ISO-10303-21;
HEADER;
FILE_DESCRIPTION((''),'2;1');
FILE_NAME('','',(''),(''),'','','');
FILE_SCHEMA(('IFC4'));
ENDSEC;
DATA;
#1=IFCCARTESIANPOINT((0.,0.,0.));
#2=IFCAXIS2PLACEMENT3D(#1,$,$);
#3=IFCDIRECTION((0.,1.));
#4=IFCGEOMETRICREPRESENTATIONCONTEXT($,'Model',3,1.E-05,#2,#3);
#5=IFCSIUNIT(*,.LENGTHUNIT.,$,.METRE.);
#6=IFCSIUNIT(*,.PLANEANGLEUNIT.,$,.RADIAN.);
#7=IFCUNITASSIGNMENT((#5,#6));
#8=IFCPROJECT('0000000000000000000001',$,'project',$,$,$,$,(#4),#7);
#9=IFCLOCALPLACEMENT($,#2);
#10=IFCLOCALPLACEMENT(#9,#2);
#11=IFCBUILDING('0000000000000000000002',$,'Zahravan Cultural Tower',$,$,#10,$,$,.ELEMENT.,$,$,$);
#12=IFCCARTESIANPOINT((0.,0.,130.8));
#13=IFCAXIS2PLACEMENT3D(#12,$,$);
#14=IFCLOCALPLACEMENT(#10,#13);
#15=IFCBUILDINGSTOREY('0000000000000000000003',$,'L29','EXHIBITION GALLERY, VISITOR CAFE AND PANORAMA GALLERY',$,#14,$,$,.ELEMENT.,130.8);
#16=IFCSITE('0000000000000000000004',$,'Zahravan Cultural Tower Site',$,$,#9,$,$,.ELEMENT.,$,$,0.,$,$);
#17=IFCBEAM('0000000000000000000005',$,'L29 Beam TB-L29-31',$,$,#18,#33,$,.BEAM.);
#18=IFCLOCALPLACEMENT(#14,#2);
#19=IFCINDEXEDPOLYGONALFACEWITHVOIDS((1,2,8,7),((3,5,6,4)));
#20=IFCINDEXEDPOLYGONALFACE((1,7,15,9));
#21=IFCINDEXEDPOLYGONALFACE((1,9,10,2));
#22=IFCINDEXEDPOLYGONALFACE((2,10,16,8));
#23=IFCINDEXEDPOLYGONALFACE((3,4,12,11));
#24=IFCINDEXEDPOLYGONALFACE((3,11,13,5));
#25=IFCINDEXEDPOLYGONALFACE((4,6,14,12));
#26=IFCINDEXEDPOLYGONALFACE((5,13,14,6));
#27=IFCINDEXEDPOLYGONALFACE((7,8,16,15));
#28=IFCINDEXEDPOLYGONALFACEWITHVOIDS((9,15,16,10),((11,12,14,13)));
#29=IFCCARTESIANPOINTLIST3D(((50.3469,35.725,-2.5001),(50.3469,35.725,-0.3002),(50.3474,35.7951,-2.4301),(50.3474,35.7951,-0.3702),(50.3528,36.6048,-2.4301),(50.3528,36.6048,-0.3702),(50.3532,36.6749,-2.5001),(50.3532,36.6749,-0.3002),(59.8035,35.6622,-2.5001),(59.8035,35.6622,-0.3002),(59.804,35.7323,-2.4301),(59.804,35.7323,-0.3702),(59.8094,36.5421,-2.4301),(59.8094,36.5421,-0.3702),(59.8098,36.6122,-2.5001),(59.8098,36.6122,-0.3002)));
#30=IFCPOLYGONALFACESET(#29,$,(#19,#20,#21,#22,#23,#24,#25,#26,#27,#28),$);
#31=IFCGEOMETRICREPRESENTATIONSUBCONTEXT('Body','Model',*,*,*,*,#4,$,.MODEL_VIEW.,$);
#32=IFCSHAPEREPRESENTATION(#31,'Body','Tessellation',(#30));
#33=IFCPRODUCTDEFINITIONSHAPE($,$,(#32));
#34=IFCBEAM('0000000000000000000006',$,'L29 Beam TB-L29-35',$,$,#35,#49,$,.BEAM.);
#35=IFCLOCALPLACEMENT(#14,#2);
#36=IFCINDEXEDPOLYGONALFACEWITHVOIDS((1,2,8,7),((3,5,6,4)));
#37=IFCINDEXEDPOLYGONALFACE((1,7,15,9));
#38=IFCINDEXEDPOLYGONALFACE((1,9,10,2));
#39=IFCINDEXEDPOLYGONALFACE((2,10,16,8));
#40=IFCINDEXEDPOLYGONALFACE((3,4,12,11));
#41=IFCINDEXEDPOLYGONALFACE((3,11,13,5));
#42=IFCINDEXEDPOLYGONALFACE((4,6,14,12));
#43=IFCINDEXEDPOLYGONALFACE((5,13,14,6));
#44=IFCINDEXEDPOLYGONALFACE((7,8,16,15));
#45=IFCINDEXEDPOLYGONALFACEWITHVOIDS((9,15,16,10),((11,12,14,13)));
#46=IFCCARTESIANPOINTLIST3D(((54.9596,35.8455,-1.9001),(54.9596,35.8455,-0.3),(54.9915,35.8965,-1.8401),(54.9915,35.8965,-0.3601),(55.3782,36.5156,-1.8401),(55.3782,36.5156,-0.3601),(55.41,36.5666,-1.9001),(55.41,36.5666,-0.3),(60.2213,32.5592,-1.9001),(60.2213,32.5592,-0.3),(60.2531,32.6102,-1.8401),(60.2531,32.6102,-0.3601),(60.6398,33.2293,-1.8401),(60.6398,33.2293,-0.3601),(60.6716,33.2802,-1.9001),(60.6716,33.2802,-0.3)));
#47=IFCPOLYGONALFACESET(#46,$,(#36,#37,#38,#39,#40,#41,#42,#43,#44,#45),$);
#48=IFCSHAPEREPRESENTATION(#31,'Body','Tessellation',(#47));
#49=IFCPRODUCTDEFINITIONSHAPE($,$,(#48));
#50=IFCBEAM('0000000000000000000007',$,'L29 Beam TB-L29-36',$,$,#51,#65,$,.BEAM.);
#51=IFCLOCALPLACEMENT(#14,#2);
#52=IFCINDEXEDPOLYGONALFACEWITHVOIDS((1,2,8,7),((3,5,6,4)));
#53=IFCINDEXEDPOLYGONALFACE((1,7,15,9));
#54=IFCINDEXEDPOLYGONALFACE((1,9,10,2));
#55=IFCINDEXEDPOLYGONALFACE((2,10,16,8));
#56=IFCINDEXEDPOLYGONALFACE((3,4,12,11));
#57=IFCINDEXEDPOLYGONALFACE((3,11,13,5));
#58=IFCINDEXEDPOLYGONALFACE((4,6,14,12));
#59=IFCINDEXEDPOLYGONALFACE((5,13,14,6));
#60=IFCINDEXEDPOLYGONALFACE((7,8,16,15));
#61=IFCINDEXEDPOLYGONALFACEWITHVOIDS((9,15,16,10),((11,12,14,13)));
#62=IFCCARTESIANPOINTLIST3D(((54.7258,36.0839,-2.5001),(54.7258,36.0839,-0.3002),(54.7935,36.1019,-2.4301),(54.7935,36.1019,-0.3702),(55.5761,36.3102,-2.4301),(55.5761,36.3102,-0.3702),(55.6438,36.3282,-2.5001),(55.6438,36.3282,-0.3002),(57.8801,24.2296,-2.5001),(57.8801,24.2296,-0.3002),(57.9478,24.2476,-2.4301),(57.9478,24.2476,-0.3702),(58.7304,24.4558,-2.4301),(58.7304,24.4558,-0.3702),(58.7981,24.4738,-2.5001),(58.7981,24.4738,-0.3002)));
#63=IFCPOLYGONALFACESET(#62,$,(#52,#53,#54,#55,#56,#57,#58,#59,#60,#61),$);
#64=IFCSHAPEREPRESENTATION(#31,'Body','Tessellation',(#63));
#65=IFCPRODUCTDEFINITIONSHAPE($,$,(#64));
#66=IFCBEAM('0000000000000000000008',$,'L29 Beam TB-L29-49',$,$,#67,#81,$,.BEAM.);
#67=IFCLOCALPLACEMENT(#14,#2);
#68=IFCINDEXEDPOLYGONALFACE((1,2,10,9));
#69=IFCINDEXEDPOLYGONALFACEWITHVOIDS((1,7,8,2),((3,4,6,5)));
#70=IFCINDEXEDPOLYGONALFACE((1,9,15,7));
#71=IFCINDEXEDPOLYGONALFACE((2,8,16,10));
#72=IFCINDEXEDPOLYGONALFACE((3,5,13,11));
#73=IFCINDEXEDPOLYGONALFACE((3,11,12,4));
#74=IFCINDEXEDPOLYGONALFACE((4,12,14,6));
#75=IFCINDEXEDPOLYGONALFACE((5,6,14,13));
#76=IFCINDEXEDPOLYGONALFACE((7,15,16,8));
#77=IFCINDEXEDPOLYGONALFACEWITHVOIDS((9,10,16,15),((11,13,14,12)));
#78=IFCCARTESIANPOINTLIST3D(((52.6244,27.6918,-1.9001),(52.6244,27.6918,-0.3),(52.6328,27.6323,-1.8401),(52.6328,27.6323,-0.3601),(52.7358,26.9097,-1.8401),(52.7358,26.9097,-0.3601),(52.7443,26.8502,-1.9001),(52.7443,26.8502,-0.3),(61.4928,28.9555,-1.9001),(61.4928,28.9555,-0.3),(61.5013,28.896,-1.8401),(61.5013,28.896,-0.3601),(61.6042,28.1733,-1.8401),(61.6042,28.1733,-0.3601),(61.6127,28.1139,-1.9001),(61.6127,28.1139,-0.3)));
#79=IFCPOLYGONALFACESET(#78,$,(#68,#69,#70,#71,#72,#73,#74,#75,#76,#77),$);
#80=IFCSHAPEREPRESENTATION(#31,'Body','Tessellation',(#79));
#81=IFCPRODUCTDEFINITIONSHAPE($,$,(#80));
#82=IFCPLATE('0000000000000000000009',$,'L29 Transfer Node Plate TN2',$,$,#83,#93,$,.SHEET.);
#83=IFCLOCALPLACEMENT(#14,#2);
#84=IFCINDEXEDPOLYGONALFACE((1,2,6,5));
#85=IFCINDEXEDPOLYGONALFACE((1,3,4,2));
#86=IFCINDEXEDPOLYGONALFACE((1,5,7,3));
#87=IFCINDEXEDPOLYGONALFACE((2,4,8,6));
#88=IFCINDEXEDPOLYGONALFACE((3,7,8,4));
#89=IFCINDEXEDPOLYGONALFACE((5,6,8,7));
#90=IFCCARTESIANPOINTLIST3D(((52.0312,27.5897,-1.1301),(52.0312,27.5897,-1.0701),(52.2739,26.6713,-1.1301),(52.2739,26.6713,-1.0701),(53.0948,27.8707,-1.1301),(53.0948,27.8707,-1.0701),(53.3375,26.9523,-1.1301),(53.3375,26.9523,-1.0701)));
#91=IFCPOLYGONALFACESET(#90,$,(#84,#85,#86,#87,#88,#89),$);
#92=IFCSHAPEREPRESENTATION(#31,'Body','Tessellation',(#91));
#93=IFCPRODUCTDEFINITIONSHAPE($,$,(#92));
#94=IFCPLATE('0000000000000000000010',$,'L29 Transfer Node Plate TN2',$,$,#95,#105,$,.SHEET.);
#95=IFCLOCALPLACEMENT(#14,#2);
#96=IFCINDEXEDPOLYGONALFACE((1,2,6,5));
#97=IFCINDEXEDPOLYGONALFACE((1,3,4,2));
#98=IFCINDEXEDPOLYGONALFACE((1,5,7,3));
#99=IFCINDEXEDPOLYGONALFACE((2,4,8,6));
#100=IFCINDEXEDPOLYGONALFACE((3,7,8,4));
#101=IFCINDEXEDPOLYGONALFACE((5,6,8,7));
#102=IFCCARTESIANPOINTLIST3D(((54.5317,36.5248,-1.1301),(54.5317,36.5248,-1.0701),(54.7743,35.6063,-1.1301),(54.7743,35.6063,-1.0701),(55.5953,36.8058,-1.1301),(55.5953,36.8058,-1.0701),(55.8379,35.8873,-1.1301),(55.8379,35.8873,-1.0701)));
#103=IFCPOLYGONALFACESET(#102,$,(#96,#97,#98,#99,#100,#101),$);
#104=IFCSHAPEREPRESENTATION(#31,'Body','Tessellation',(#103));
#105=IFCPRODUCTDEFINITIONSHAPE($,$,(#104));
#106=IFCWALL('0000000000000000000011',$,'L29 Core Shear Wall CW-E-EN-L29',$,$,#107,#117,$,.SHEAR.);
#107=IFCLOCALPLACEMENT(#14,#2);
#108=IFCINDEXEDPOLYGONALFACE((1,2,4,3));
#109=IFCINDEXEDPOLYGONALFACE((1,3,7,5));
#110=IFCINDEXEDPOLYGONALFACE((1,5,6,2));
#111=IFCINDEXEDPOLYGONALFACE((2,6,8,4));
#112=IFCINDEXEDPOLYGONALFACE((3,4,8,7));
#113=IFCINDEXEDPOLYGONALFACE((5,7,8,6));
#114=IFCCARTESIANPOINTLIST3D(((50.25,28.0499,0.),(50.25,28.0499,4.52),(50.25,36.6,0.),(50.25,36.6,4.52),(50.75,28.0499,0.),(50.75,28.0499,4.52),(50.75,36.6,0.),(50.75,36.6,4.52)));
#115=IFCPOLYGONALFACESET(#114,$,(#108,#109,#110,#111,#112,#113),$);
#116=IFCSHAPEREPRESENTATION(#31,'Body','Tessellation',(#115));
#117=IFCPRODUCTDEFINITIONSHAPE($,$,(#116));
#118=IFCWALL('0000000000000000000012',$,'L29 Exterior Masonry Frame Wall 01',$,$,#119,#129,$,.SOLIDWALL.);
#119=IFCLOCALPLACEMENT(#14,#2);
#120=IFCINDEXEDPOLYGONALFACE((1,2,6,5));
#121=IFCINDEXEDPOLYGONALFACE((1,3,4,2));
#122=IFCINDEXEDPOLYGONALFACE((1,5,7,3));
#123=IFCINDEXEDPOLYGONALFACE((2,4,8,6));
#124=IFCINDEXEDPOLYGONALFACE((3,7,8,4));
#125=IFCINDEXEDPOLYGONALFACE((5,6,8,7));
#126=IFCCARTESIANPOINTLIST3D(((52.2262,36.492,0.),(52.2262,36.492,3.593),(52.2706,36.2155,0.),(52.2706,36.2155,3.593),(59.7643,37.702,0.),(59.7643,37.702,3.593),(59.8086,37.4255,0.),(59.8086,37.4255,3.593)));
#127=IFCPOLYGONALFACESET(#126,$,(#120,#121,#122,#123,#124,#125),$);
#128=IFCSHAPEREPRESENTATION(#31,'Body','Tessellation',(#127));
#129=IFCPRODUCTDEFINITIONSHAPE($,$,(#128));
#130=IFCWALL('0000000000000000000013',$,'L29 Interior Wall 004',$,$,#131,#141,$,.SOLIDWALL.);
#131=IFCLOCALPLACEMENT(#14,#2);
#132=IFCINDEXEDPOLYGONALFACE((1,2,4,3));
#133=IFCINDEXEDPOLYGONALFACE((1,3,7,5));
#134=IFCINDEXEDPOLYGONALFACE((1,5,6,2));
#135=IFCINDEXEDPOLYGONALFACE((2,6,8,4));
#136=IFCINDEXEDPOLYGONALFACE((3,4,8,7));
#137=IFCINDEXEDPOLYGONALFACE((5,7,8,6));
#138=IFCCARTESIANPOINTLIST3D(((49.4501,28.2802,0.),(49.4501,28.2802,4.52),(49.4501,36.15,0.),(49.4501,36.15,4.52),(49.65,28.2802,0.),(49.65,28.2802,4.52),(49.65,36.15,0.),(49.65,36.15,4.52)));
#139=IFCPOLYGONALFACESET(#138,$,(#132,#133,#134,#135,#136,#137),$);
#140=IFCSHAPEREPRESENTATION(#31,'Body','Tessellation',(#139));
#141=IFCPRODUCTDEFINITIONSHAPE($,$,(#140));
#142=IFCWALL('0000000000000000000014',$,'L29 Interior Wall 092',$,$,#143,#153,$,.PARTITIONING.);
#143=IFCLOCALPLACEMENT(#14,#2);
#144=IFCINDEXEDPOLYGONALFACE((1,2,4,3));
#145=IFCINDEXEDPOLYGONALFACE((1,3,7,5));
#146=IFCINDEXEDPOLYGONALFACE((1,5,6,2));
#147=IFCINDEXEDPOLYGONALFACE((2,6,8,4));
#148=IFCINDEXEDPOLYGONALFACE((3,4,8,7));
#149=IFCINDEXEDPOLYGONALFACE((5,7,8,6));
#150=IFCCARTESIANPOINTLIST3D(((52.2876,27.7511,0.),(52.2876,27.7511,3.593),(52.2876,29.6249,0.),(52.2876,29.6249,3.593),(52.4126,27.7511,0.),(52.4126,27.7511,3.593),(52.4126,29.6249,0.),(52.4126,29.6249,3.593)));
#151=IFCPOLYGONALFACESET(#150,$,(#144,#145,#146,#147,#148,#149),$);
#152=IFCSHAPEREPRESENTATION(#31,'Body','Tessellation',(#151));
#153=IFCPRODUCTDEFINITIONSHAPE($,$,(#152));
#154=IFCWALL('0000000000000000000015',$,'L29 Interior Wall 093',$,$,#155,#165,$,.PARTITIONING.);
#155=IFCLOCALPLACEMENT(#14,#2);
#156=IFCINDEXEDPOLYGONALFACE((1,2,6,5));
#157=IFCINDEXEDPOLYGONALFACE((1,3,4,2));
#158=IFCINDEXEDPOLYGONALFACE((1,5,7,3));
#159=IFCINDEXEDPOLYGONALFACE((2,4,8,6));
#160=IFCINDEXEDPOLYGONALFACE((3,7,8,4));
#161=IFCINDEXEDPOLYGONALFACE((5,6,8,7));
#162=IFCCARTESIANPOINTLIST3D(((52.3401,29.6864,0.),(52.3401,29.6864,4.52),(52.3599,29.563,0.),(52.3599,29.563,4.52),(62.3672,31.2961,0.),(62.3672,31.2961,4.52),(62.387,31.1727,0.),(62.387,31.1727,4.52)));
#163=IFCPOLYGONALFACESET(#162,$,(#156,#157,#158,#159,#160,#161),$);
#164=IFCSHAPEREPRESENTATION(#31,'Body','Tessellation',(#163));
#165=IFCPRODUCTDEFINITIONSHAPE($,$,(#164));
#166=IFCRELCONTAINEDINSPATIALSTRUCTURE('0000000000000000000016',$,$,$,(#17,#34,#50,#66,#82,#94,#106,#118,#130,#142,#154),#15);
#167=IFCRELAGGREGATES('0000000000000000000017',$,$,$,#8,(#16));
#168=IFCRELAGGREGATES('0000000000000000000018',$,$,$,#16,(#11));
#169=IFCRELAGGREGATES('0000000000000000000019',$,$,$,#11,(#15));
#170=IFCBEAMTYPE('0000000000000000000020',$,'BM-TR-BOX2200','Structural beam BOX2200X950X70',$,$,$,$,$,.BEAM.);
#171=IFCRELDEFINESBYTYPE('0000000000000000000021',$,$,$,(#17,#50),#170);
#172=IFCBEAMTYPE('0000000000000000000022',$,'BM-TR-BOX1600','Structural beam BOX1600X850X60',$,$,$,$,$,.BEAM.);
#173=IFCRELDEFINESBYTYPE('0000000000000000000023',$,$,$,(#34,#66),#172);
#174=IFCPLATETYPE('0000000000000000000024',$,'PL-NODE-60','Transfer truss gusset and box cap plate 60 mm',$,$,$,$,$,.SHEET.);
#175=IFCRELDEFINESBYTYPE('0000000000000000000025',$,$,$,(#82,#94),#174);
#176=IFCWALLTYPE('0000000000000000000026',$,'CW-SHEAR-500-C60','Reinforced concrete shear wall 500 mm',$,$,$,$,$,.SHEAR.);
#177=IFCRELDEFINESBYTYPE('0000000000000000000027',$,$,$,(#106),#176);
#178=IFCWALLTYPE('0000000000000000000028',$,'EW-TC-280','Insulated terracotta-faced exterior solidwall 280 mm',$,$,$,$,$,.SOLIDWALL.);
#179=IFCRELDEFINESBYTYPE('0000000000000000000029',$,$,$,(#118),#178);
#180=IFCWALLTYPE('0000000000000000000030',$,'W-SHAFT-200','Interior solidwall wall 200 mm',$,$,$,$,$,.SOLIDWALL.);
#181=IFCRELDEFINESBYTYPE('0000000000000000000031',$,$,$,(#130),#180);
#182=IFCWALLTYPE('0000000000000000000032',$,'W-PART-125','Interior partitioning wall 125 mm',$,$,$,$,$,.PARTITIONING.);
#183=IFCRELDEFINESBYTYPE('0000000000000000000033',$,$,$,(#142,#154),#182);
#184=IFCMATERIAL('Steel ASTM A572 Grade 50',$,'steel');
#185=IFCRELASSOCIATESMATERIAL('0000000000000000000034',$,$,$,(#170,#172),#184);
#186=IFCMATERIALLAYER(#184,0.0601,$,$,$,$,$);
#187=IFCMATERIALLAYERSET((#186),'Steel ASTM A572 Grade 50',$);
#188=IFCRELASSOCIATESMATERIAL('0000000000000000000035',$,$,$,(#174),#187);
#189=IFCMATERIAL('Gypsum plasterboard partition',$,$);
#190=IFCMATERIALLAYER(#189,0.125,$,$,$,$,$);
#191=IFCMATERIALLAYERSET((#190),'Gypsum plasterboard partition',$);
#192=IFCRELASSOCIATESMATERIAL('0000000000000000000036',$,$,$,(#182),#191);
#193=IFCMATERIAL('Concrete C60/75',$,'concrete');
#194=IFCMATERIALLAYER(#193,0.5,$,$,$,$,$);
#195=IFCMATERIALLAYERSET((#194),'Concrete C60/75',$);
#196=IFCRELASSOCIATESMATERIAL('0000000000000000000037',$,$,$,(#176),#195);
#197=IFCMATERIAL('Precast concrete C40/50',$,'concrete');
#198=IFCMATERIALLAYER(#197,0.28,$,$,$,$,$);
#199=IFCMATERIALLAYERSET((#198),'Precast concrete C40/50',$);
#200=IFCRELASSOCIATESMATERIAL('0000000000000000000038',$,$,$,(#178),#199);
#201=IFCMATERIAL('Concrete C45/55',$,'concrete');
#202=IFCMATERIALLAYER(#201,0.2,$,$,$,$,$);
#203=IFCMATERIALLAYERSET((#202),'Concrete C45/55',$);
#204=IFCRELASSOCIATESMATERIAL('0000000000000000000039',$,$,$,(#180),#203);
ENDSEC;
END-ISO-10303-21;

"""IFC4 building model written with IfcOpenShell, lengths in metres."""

from ifc_helpers import new_model, si_unit, direction, frame, frame_2d, origin, origin_2d, place, context, subcontext, project, spatial, rectangle, hollow_rectangle, extrude, source, transform, mapped, material, layer, layer_set, material_profile, profile_set, type_object, element, save


model = new_model("IFC4")

# Units and contexts
model_context = context("Model", 3, precision=1e-05, world=origin(), true_north=direction((0.0, 1.0)))
body_context = subcontext(model_context, "Body", "Model", "MODEL_VIEW")
ifc_project = project(units=[si_unit("LENGTHUNIT", "METRE"), si_unit("PLANEANGLEUNIT", "RADIAN")], contexts=[model_context])

# Site, building, storey
site_placement = place(None, origin())
site = spatial("IfcSite", under=ifc_project, at=site_placement, Name="Zahravan Cultural Tower Site", CompositionType="ELEMENT", RefElevation=0.0)
building_placement = place(site_placement, origin())
building = spatial("IfcBuilding", under=site, at=building_placement, Name="Zahravan Cultural Tower", CompositionType="ELEMENT")
storey_placement = place(building_placement, frame((0.0, 0.0, 130.8)))
storey = spatial("IfcBuildingStorey", under=building, at=storey_placement, Name="L29", Description="EXHIBITION GALLERY, VISITOR CAFE AND PANORAMA GALLERY", CompositionType="ELEMENT", Elevation=130.8)

# Beams
ifc_material_1 = material(Name="Steel ASTM A572 Grade 50", Category="steel")
ifc_material_profile_1 = material_profile(ifc_material_1, hollow_rectangle(XDim=0.95, YDim=2.2, WallThickness=0.0701, at=origin_2d()), Name="BOX2200X950X70")
ifc_profile_set_1 = profile_set([ifc_material_profile_1], Name="Steel ASTM A572 Grade 50")
beam_type_1 = type_object("IfcBeamType", Name="BM-TR-BOX2200", Description="Structural beam BOX2200X950X70", PredefinedType="BEAM", material=ifc_profile_set_1)
ifc_material_profile_2 = material_profile(ifc_material_1, hollow_rectangle(XDim=0.8501, YDim=1.6001, WallThickness=0.0601, at=origin_2d()), Name="BOX1600X850X60")
ifc_profile_set_2 = profile_set([ifc_material_profile_2], Name="Steel ASTM A572 Grade 50")
beam_type_2 = type_object("IfcBeamType", Name="BM-TR-BOX1600", Description="Structural beam BOX1600X850X60", PredefinedType="BEAM", material=ifc_profile_set_2)
shared_shape_1 = source(origin(), body_context, "Body", "SweptSolid", [
    extrude(hollow_rectangle(XDim=0.95, YDim=2.2, WallThickness=0.0701, at=origin_2d()), origin(), (0.0, 0.0, 1.0), 9.4568),
])
beam_1_placement = place(storey_placement, frame((50.3501, 36.2, -1.4001), z_axis=(0.999978, -0.006635, 0.0), x_axis=(0.006635, 0.999978, 0.0)))
element("IfcBeam", 1, at=beam_1_placement, inside=storey, type_object=beam_type_1, Name="L29 Beam TB-L29-31", PredefinedType="BEAM", context=body_context, shape_type="MappedRepresentation", body=[
    mapped(shared_shape_1, transform((0.0, 0.0, 0.0), x_axis=(1.0, 0.0, 0.0), y_axis=(0.0, 1.0, 0.0), z_axis=(0.0, 0.0, 1.0), scale=1.0)),
])
shared_shape_2 = source(origin(), body_context, "Body", "SweptSolid", [
    extrude(hollow_rectangle(XDim=0.8501, YDim=1.6001, WallThickness=0.0601, at=origin_2d()), origin(), (0.0, 0.0, 1.0), 6.2036),
])
beam_2_placement = place(storey_placement, frame((55.1848, 36.2061, -1.1001), z_axis=(0.848157, -0.529744, 0.0), x_axis=(0.529744, 0.848157, 0.0)))
element("IfcBeam", 2, at=beam_2_placement, inside=storey, type_object=beam_type_2, Name="L29 Beam TB-L29-35", PredefinedType="BEAM", context=body_context, shape_type="MappedRepresentation", body=[
    mapped(shared_shape_2, transform((0.0, 0.0, 0.0), x_axis=(1.0, 0.0, 0.0), y_axis=(0.0, 1.0, 0.0), z_axis=(0.0, 0.0, 1.0), scale=1.0)),
])
shared_shape_3 = source(origin(), body_context, "Body", "SweptSolid", [
    extrude(hollow_rectangle(XDim=0.95, YDim=2.2, WallThickness=0.0701, at=origin_2d()), origin(), (0.0, 0.0, 1.0), 12.2668),
])
beam_3_placement = place(storey_placement, frame((55.1848, 36.2061, -1.4001), z_axis=(0.257142, -0.966374, 0.0), x_axis=(0.966374, 0.257142, 0.0)))
element("IfcBeam", 3, at=beam_3_placement, inside=storey, type_object=beam_type_1, Name="L29 Beam TB-L29-36", PredefinedType="BEAM", context=body_context, shape_type="MappedRepresentation", body=[
    mapped(shared_shape_3, transform((0.0, 0.0, 0.0), x_axis=(1.0, 0.0, 0.0), y_axis=(0.0, 1.0, 0.0), z_axis=(0.0, 0.0, 1.0), scale=1.0)),
])
shared_shape_4 = source(origin(), body_context, "Body", "SweptSolid", [
    extrude(hollow_rectangle(XDim=0.8501, YDim=1.6001, WallThickness=0.0601, at=origin_2d()), origin(), (0.0, 0.0, 1.0), 8.958),
])
beam_4_placement = place(storey_placement, frame((52.6843, 27.271, -1.1001), z_axis=(0.99, 0.141067, 0.0), x_axis=(-0.141067, 0.99, 0.0)))
element("IfcBeam", 4, at=beam_4_placement, inside=storey, type_object=beam_type_2, Name="L29 Beam TB-L29-49", PredefinedType="BEAM", context=body_context, shape_type="MappedRepresentation", body=[
    mapped(shared_shape_4, transform((0.0, 0.0, 0.0), x_axis=(1.0, 0.0, 0.0), y_axis=(0.0, 1.0, 0.0), z_axis=(0.0, 0.0, 1.0), scale=1.0)),
])

# Plates
ifc_layer_1 = layer(ifc_material_1, 0.0601)
ifc_layer_set_1 = layer_set([ifc_layer_1], Name="Steel ASTM A572 Grade 50")
plate_type = type_object("IfcPlateType", Name="PL-NODE-60", Description="Transfer truss gusset and box cap plate 60 mm", PredefinedType="SHEET", material=ifc_layer_set_1)
shared_shape_5 = source(origin(), body_context, "Body", "SweptSolid", [
    extrude(rectangle(XDim=1.1001, YDim=0.95, at=origin_2d()), origin(), (0.0, 0.0, 1.0), 0.0601),
])
for number, where, z_axis, x_axis, name in (
    (5, (52.6843, 27.271, -1.1301), (0.0, 0.0, 1.0), (0.966823, 0.255446, 0.0), "L29 Transfer Node Plate TN2"),
    (6, (55.1848, 36.2061, -1.1301), (0.0, 0.0, 1.0), (0.966823, 0.255446, 0.0), "L29 Transfer Node Plate TN2"),
):
    element("IfcPlate", number, at=place(storey_placement, frame(where, z_axis=z_axis, x_axis=x_axis)), inside=storey, type_object=plate_type, Name=name, PredefinedType="SHEET", context=body_context, shape_type="MappedRepresentation", body=[
        mapped(shared_shape_5, transform((0.0, 0.0, 0.0), x_axis=(1.0, 0.0, 0.0), y_axis=(0.0, 1.0, 0.0), z_axis=(0.0, 0.0, 1.0), scale=1.0)),
    ])

# Shared definitions
ifc_material_2 = material(Name="Gypsum plasterboard partition")
ifc_layer_2 = layer(ifc_material_2, 0.125)
ifc_layer_set_2 = layer_set([ifc_layer_2], Name="Gypsum plasterboard partition")
wall_type_1 = type_object("IfcWallType", Name="W-PART-125", Description="Interior partitioning wall 125 mm", PredefinedType="PARTITIONING", material=ifc_layer_set_2)

# Walls
ifc_material_3 = material(Name="Concrete C60/75", Category="concrete")
ifc_layer_3 = layer(ifc_material_3, 0.5)
ifc_layer_set_3 = layer_set([ifc_layer_3], Name="Concrete C60/75")
wall_type_2 = type_object("IfcWallType", Name="CW-SHEAR-500-C60", Description="Reinforced concrete shear wall 500 mm", PredefinedType="SHEAR", material=ifc_layer_set_3)
shared_shape_6 = source(origin(), body_context, "Body", "SweptSolid", [
    extrude(rectangle(XDim=8.55, YDim=0.5, at=frame_2d((4.2749, 0.0))), origin(), (0.0, 0.0, 1.0), 4.52),
])
wall_1_placement = place(storey_placement, frame((50.5, 28.05, 0.0), z_axis=(0.0, 0.0, 1.0), x_axis=(0.0, 1.0, 0.0)))
element("IfcWall", 7, at=wall_1_placement, inside=storey, type_object=wall_type_2, Name="L29 Core Shear Wall CW-E-EN-L29", PredefinedType="SHEAR", context=body_context, shape_type="MappedRepresentation", body=[
    mapped(shared_shape_6, transform((0.0, 0.0, 0.0), x_axis=(1.0, 0.0, 0.0), y_axis=(0.0, 1.0, 0.0), z_axis=(0.0, 0.0, 1.0), scale=1.0)),
])
ifc_material_4 = material(Name="Precast concrete C40/50", Category="concrete")
ifc_layer_4 = layer(ifc_material_4, 0.28)
ifc_layer_set_4 = layer_set([ifc_layer_4], Name="Precast concrete C40/50")
wall_type_3 = type_object("IfcWallType", Name="EW-TC-280", Description="Insulated terracotta-faced exterior solidwall 280 mm", PredefinedType="SOLIDWALL", material=ifc_layer_set_4)
shared_shape_7 = source(origin(), body_context, "Body", "SweptSolid", [
    extrude(rectangle(XDim=7.6345, YDim=0.28, at=frame_2d((3.8174, 0.0))), origin(), (0.0, 0.0, 1.0), 3.593),
])
wall_2_placement = place(storey_placement, frame((52.2483, 36.3538, 0.0), z_axis=(0.0, 0.0, 1.0), x_axis=(0.987361, 0.158484, 0.0)))
element("IfcWall", 8, at=wall_2_placement, inside=storey, type_object=wall_type_3, Name="L29 Exterior Masonry Frame Wall 01", PredefinedType="SOLIDWALL", context=body_context, shape_type="MappedRepresentation", body=[
    mapped(shared_shape_7, transform((0.0, 0.0, 0.0), x_axis=(1.0, 0.0, 0.0), y_axis=(0.0, 1.0, 0.0), z_axis=(0.0, 0.0, 1.0), scale=1.0)),
])
ifc_material_5 = material(Name="Concrete C45/55", Category="concrete")
ifc_layer_5 = layer(ifc_material_5, 0.2)
ifc_layer_set_5 = layer_set([ifc_layer_5], Name="Concrete C45/55")
wall_type_4 = type_object("IfcWallType", Name="W-SHAFT-200", Description="Interior solidwall wall 200 mm", PredefinedType="SOLIDWALL", material=ifc_layer_set_5)
shared_shape_8 = source(origin(), body_context, "Body", "SweptSolid", [
    extrude(rectangle(XDim=7.8699, YDim=0.2, at=frame_2d((3.9351, 0.0))), origin(), (0.0, 0.0, 1.0), 4.52),
])
wall_3_placement = place(storey_placement, frame((49.55, 28.28, 0.0), z_axis=(0.0, 0.0, 1.0), x_axis=(0.0, 1.0, 0.0)))
element("IfcWall", 9, at=wall_3_placement, inside=storey, type_object=wall_type_4, Name="L29 Interior Wall 004", PredefinedType="SOLIDWALL", context=body_context, shape_type="MappedRepresentation", body=[
    mapped(shared_shape_8, transform((0.0, 0.0, 0.0), x_axis=(1.0, 0.0, 0.0), y_axis=(0.0, 1.0, 0.0), z_axis=(0.0, 0.0, 1.0), scale=1.0)),
])
shared_shape_9 = source(origin(), body_context, "Body", "SweptSolid", [
    extrude(rectangle(XDim=1.8738, YDim=0.125, at=frame_2d((0.937, 0.0))), origin(), (0.0, 0.0, 1.0), 3.593),
])
wall_4_placement = place(storey_placement, frame((52.3501, 27.751, 0.0), z_axis=(0.0, 0.0, 1.0), x_axis=(0.0, 1.0, 0.0)))
element("IfcWall", 10, at=wall_4_placement, inside=storey, type_object=wall_type_1, Name="L29 Interior Wall 092", PredefinedType="PARTITIONING", context=body_context, shape_type="MappedRepresentation", body=[
    mapped(shared_shape_9, transform((0.0, 0.0, 0.0), x_axis=(1.0, 0.0, 0.0), y_axis=(0.0, 1.0, 0.0), z_axis=(0.0, 0.0, 1.0), scale=1.0)),
])
shared_shape_10 = source(origin(), body_context, "Body", "SweptSolid", [
    extrude(rectangle(XDim=10.1555, YDim=0.125, at=frame_2d((5.0776, 0.0))), origin(), (0.0, 0.0, 1.0), 4.52),
])
wall_5_placement = place(storey_placement, frame((52.3501, 29.6248, 0.0), z_axis=(0.0, 0.0, 1.0), x_axis=(0.987359, 0.158498, 0.0)))
element("IfcWall", 11, at=wall_5_placement, inside=storey, type_object=wall_type_1, Name="L29 Interior Wall 093", PredefinedType="PARTITIONING", context=body_context, shape_type="MappedRepresentation", body=[
    mapped(shared_shape_10, transform((0.0, 0.0, 0.0), x_axis=(1.0, 0.0, 0.0), y_axis=(0.0, 1.0, 0.0), z_axis=(0.0, 0.0, 1.0), scale=1.0)),
])

save(model, "model.ifc")
